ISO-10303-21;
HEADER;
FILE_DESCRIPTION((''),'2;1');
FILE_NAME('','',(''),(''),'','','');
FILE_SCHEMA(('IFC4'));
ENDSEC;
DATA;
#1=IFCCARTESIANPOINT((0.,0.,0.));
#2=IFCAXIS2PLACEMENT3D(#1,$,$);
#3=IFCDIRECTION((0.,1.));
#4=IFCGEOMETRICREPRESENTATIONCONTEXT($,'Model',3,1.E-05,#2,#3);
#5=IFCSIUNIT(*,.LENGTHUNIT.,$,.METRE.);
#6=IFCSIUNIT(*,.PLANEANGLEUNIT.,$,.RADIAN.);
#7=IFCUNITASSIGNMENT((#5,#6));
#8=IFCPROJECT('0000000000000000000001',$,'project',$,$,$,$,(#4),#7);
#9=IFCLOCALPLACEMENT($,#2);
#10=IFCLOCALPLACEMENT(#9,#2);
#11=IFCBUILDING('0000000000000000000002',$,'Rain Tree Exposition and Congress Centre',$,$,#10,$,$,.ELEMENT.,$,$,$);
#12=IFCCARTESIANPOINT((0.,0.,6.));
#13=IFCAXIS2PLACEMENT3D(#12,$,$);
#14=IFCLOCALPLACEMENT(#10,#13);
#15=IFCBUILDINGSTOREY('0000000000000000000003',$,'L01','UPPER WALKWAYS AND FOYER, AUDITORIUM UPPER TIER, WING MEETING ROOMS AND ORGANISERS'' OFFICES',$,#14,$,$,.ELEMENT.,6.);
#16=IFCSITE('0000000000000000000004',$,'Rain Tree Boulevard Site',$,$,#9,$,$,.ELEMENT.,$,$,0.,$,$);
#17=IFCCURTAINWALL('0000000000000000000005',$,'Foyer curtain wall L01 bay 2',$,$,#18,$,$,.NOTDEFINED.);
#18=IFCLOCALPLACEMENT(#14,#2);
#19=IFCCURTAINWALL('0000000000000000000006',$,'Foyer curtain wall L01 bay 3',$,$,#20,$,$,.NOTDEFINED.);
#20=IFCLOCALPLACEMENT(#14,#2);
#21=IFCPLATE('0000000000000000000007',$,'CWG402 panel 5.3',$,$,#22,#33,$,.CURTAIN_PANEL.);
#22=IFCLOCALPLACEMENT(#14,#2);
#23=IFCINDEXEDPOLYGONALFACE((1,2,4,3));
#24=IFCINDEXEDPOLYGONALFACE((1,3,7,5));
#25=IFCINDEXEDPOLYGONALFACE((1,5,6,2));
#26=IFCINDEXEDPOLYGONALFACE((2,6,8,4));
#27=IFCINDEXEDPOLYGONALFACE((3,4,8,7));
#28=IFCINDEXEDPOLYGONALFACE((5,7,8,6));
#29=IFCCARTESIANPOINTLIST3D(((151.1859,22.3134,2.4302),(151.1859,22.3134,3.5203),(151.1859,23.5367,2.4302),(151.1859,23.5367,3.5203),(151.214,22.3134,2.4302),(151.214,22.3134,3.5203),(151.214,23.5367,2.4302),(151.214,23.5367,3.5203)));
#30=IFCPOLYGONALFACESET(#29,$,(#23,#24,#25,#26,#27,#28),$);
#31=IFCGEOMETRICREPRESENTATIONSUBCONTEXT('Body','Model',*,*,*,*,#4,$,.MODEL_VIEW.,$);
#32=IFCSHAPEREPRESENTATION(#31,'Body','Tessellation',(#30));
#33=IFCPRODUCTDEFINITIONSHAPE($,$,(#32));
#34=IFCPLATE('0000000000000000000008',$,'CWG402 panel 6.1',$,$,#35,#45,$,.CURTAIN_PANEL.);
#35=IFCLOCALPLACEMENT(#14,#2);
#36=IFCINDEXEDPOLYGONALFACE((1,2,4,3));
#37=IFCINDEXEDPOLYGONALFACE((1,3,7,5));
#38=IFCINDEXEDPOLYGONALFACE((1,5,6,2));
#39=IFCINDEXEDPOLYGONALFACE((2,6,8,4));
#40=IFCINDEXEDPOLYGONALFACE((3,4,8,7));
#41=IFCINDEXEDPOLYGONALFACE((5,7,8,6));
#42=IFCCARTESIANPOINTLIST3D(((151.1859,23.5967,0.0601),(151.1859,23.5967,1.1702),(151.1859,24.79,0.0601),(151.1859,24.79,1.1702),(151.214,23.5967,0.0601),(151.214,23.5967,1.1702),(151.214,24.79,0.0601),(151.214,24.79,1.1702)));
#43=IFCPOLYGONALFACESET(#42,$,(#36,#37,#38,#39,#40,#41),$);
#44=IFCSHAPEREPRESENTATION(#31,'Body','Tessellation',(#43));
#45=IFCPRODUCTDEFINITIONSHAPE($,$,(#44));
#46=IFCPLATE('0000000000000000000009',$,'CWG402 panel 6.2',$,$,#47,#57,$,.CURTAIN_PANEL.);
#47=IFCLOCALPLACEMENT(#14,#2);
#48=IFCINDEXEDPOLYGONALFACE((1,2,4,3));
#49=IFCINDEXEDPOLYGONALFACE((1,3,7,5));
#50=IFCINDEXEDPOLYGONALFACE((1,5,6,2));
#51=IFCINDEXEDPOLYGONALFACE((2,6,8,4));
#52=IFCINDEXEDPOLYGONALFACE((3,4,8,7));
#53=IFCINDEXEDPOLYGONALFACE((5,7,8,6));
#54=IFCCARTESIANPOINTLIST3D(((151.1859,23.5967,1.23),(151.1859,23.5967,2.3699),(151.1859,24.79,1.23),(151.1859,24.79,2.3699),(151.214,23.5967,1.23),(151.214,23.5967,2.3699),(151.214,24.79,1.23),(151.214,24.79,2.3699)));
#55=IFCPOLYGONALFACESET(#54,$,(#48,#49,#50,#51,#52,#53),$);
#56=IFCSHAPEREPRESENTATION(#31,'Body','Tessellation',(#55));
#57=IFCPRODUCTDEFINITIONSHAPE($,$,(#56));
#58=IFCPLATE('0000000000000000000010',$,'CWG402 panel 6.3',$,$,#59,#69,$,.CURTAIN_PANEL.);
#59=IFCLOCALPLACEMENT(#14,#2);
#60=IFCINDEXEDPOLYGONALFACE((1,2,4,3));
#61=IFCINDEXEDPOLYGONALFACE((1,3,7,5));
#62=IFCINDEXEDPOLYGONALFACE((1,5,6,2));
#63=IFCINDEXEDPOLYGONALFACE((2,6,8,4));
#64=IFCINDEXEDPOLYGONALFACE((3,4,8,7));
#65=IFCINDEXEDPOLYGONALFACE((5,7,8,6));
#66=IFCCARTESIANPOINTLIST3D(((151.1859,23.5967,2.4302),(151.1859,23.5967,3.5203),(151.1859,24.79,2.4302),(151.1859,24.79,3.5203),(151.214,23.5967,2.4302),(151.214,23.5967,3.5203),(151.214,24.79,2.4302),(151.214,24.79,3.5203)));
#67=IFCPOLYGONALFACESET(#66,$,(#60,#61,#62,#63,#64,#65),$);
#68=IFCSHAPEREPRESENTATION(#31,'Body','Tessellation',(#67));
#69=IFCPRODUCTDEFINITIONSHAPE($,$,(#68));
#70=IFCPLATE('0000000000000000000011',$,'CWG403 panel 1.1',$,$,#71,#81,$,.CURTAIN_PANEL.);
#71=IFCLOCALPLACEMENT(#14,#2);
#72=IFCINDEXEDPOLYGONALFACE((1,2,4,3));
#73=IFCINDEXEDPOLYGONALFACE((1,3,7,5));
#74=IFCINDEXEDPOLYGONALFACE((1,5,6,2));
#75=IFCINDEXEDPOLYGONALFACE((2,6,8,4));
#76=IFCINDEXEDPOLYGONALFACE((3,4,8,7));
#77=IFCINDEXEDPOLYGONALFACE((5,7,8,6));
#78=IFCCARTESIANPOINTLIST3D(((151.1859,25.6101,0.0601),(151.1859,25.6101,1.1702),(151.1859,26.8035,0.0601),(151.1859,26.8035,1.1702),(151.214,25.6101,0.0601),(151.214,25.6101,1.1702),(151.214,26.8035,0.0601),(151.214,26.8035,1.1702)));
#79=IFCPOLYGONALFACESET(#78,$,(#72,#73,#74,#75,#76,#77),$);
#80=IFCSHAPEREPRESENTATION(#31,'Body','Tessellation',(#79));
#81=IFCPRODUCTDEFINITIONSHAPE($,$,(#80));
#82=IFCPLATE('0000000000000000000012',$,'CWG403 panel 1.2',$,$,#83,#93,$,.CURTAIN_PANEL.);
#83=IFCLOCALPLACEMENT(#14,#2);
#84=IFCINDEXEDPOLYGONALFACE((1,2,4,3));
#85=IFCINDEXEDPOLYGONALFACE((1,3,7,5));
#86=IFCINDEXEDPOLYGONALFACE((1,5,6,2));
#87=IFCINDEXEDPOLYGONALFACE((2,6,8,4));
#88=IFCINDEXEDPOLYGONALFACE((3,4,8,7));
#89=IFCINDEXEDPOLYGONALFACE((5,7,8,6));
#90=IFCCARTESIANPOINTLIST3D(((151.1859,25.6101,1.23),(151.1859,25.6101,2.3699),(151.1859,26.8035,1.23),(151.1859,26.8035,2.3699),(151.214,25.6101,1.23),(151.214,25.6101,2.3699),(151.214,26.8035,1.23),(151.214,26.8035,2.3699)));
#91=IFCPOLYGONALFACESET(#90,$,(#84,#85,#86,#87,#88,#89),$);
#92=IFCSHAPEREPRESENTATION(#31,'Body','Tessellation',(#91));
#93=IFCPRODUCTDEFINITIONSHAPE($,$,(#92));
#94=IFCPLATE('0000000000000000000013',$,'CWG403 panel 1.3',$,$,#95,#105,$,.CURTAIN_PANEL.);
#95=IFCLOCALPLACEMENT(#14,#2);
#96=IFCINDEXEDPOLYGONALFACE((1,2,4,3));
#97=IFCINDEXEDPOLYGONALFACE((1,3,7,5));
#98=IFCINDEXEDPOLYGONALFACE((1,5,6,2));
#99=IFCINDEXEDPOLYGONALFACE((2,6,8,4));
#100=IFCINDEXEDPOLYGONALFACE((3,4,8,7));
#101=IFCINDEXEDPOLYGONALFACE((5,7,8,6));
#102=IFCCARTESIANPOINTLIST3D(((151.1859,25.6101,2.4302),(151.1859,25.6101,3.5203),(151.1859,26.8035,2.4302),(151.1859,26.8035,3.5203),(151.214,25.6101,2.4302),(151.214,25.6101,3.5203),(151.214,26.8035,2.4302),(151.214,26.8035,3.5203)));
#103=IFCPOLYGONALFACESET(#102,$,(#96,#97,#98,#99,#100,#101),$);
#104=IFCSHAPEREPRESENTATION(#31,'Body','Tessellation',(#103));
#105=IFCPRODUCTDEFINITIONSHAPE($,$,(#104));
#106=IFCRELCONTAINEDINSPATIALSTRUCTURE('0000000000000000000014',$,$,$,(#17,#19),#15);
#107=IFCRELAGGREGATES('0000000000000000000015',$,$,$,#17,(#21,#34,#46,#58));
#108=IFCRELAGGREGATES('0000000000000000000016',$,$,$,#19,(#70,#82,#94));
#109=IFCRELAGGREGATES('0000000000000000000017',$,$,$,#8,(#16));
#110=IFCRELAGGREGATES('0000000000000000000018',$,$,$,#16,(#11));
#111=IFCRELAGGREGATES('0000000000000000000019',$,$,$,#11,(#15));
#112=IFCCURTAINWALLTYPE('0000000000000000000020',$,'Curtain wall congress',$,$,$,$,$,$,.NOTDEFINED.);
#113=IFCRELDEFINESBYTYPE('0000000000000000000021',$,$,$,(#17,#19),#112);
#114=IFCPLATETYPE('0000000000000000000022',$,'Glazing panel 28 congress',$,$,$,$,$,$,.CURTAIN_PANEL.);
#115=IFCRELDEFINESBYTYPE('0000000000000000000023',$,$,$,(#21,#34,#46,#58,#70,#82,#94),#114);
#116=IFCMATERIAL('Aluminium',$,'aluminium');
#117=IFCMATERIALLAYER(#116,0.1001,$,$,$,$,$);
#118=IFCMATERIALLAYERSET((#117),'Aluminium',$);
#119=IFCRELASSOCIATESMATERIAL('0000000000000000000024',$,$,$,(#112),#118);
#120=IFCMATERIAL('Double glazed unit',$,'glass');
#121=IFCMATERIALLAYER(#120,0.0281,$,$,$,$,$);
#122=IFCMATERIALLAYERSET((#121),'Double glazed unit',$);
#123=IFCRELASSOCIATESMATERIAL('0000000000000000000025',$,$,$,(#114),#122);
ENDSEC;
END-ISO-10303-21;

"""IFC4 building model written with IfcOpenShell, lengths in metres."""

from ifc_helpers import new_model, si_unit, direction, frame, origin, origin_2d, place, context, subcontext, project, spatial, rectangle, extrude, material, layer, layer_set, type_object, element, aggregate, save


model = new_model("IFC4")

# Units and contexts
model_context = context("Model", 3, precision=1e-05, world=origin(), true_north=direction((0.0, 1.0)))
body_context = subcontext(model_context, "Body", "Model", "MODEL_VIEW")
ifc_project = project(units=[si_unit("LENGTHUNIT", "METRE"), si_unit("PLANEANGLEUNIT", "RADIAN")], contexts=[model_context])

# Site, building, storey
site_placement = place(None, origin())
site = spatial("IfcSite", under=ifc_project, at=site_placement, Name="Rain Tree Boulevard Site", CompositionType="ELEMENT", RefElevation=0.0)
building_placement = place(site_placement, origin())
building = spatial("IfcBuilding", under=site, at=building_placement, Name="Rain Tree Exposition and Congress Centre", CompositionType="ELEMENT")
storey_placement = place(building_placement, frame((0.0, 0.0, 6.0)))
storey = spatial("IfcBuildingStorey", under=building, at=storey_placement, Name="L01", Description="UPPER WALKWAYS AND FOYER, AUDITORIUM UPPER TIER, WING MEETING ROOMS AND ORGANISERS' OFFICES", CompositionType="ELEMENT", Elevation=6.0)

# Curtain walls
ifc_material_1 = material(Name="Aluminium", Category="aluminium")
ifc_layer_1 = layer(ifc_material_1, 0.1001)
ifc_layer_set_1 = layer_set([ifc_layer_1], Name="Aluminium")
curtain_wall_type = type_object("IfcCurtainWallType", Name="Curtain wall congress", PredefinedType="NOTDEFINED", material=ifc_layer_set_1)
curtain_wall_1_placement = place(storey_placement, origin())
curtain_wall_1 = element("IfcCurtainWall", 1, at=curtain_wall_1_placement, inside=storey, type_object=curtain_wall_type, Name="Foyer curtain wall L01 bay 2", PredefinedType="NOTDEFINED")
curtain_wall_2_placement = place(storey_placement, origin())
curtain_wall_2 = element("IfcCurtainWall", 2, at=curtain_wall_2_placement, inside=storey, type_object=curtain_wall_type, Name="Foyer curtain wall L01 bay 3", PredefinedType="NOTDEFINED")

# Plates
ifc_material_2 = material(Name="Double glazed unit", Category="glass")
ifc_layer_2 = layer(ifc_material_2, 0.0281)
ifc_layer_set_2 = layer_set([ifc_layer_2], Name="Double glazed unit")
plate_type = type_object("IfcPlateType", Name="Glazing panel 28 congress", PredefinedType="CURTAIN_PANEL", material=ifc_layer_set_2)
plate_1_placement = place(storey_placement, frame((151.2, 22.925, 2.4302), z_axis=(0.0, 0.0, 1.0), x_axis=(0.0, 1.0, 0.0)))
plate_1 = element("IfcPlate", 3, at=plate_1_placement, type_object=plate_type, Name="CWG402 panel 5.3", PredefinedType="CURTAIN_PANEL", context=body_context, shape_type="SweptSolid", body=[
    extrude(rectangle(XDim=1.2234, YDim=0.0281, at=origin_2d()), origin(), (0.0, 0.0, 1.0), 1.0901),
])
plate_2_placement = place(storey_placement, frame((151.2, 24.1934, 0.0601), z_axis=(0.0, 0.0, 1.0), x_axis=(0.0, 1.0, 0.0)))
plate_2 = element("IfcPlate", 4, at=plate_2_placement, type_object=plate_type, Name="CWG402 panel 6.1", PredefinedType="CURTAIN_PANEL", context=body_context, shape_type="SweptSolid", body=[
    extrude(rectangle(XDim=1.1934, YDim=0.0281, at=origin_2d()), origin(), (0.0, 0.0, 1.0), 1.1101),
])
plate_3_placement = place(storey_placement, frame((151.2, 24.1934, 1.23), z_axis=(0.0, 0.0, 1.0), x_axis=(0.0, 1.0, 0.0)))
plate_3 = element("IfcPlate", 5, at=plate_3_placement, type_object=plate_type, Name="CWG402 panel 6.2", PredefinedType="CURTAIN_PANEL", context=body_context, shape_type="SweptSolid", body=[
    extrude(rectangle(XDim=1.1934, YDim=0.0281, at=origin_2d()), origin(), (0.0, 0.0, 1.0), 1.1399),
])
plate_4_placement = place(storey_placement, frame((151.2, 24.1934, 2.4302), z_axis=(0.0, 0.0, 1.0), x_axis=(0.0, 1.0, 0.0)))
plate_4 = element("IfcPlate", 6, at=plate_4_placement, type_object=plate_type, Name="CWG402 panel 6.3", PredefinedType="CURTAIN_PANEL", context=body_context, shape_type="SweptSolid", body=[
    extrude(rectangle(XDim=1.1934, YDim=0.0281, at=origin_2d()), origin(), (0.0, 0.0, 1.0), 1.0901),
])
aggregate(curtain_wall_1, [plate_1, plate_2, plate_3, plate_4])
plate_5_placement = place(storey_placement, frame((151.2, 26.2068, 0.0601), z_axis=(0.0, 0.0, 1.0), x_axis=(0.0, 1.0, 0.0)))
plate_5 = element("IfcPlate", 7, at=plate_5_placement, type_object=plate_type, Name="CWG403 panel 1.1", PredefinedType="CURTAIN_PANEL", context=body_context, shape_type="SweptSolid", body=[
    extrude(rectangle(XDim=1.1934, YDim=0.0281, at=origin_2d()), origin(), (0.0, 0.0, 1.0), 1.1101),
])
plate_6_placement = place(storey_placement, frame((151.2, 26.2068, 1.23), z_axis=(0.0, 0.0, 1.0), x_axis=(0.0, 1.0, 0.0)))
plate_6 = element("IfcPlate", 8, at=plate_6_placement, type_object=plate_type, Name="CWG403 panel 1.2", PredefinedType="CURTAIN_PANEL", context=body_context, shape_type="SweptSolid", body=[
    extrude(rectangle(XDim=1.1934, YDim=0.0281, at=origin_2d()), origin(), (0.0, 0.0, 1.0), 1.1399),
])
plate_7_placement = place(storey_placement, frame((151.2, 26.2068, 2.4302), z_axis=(0.0, 0.0, 1.0), x_axis=(0.0, 1.0, 0.0)))
plate_7 = element("IfcPlate", 9, at=plate_7_placement, type_object=plate_type, Name="CWG403 panel 1.3", PredefinedType="CURTAIN_PANEL", context=body_context, shape_type="SweptSolid", body=[
    extrude(rectangle(XDim=1.1934, YDim=0.0281, at=origin_2d()), origin(), (0.0, 0.0, 1.0), 1.0901),
])
aggregate(curtain_wall_2, [plate_5, plate_6, plate_7])

save(model, "model.ifc")
